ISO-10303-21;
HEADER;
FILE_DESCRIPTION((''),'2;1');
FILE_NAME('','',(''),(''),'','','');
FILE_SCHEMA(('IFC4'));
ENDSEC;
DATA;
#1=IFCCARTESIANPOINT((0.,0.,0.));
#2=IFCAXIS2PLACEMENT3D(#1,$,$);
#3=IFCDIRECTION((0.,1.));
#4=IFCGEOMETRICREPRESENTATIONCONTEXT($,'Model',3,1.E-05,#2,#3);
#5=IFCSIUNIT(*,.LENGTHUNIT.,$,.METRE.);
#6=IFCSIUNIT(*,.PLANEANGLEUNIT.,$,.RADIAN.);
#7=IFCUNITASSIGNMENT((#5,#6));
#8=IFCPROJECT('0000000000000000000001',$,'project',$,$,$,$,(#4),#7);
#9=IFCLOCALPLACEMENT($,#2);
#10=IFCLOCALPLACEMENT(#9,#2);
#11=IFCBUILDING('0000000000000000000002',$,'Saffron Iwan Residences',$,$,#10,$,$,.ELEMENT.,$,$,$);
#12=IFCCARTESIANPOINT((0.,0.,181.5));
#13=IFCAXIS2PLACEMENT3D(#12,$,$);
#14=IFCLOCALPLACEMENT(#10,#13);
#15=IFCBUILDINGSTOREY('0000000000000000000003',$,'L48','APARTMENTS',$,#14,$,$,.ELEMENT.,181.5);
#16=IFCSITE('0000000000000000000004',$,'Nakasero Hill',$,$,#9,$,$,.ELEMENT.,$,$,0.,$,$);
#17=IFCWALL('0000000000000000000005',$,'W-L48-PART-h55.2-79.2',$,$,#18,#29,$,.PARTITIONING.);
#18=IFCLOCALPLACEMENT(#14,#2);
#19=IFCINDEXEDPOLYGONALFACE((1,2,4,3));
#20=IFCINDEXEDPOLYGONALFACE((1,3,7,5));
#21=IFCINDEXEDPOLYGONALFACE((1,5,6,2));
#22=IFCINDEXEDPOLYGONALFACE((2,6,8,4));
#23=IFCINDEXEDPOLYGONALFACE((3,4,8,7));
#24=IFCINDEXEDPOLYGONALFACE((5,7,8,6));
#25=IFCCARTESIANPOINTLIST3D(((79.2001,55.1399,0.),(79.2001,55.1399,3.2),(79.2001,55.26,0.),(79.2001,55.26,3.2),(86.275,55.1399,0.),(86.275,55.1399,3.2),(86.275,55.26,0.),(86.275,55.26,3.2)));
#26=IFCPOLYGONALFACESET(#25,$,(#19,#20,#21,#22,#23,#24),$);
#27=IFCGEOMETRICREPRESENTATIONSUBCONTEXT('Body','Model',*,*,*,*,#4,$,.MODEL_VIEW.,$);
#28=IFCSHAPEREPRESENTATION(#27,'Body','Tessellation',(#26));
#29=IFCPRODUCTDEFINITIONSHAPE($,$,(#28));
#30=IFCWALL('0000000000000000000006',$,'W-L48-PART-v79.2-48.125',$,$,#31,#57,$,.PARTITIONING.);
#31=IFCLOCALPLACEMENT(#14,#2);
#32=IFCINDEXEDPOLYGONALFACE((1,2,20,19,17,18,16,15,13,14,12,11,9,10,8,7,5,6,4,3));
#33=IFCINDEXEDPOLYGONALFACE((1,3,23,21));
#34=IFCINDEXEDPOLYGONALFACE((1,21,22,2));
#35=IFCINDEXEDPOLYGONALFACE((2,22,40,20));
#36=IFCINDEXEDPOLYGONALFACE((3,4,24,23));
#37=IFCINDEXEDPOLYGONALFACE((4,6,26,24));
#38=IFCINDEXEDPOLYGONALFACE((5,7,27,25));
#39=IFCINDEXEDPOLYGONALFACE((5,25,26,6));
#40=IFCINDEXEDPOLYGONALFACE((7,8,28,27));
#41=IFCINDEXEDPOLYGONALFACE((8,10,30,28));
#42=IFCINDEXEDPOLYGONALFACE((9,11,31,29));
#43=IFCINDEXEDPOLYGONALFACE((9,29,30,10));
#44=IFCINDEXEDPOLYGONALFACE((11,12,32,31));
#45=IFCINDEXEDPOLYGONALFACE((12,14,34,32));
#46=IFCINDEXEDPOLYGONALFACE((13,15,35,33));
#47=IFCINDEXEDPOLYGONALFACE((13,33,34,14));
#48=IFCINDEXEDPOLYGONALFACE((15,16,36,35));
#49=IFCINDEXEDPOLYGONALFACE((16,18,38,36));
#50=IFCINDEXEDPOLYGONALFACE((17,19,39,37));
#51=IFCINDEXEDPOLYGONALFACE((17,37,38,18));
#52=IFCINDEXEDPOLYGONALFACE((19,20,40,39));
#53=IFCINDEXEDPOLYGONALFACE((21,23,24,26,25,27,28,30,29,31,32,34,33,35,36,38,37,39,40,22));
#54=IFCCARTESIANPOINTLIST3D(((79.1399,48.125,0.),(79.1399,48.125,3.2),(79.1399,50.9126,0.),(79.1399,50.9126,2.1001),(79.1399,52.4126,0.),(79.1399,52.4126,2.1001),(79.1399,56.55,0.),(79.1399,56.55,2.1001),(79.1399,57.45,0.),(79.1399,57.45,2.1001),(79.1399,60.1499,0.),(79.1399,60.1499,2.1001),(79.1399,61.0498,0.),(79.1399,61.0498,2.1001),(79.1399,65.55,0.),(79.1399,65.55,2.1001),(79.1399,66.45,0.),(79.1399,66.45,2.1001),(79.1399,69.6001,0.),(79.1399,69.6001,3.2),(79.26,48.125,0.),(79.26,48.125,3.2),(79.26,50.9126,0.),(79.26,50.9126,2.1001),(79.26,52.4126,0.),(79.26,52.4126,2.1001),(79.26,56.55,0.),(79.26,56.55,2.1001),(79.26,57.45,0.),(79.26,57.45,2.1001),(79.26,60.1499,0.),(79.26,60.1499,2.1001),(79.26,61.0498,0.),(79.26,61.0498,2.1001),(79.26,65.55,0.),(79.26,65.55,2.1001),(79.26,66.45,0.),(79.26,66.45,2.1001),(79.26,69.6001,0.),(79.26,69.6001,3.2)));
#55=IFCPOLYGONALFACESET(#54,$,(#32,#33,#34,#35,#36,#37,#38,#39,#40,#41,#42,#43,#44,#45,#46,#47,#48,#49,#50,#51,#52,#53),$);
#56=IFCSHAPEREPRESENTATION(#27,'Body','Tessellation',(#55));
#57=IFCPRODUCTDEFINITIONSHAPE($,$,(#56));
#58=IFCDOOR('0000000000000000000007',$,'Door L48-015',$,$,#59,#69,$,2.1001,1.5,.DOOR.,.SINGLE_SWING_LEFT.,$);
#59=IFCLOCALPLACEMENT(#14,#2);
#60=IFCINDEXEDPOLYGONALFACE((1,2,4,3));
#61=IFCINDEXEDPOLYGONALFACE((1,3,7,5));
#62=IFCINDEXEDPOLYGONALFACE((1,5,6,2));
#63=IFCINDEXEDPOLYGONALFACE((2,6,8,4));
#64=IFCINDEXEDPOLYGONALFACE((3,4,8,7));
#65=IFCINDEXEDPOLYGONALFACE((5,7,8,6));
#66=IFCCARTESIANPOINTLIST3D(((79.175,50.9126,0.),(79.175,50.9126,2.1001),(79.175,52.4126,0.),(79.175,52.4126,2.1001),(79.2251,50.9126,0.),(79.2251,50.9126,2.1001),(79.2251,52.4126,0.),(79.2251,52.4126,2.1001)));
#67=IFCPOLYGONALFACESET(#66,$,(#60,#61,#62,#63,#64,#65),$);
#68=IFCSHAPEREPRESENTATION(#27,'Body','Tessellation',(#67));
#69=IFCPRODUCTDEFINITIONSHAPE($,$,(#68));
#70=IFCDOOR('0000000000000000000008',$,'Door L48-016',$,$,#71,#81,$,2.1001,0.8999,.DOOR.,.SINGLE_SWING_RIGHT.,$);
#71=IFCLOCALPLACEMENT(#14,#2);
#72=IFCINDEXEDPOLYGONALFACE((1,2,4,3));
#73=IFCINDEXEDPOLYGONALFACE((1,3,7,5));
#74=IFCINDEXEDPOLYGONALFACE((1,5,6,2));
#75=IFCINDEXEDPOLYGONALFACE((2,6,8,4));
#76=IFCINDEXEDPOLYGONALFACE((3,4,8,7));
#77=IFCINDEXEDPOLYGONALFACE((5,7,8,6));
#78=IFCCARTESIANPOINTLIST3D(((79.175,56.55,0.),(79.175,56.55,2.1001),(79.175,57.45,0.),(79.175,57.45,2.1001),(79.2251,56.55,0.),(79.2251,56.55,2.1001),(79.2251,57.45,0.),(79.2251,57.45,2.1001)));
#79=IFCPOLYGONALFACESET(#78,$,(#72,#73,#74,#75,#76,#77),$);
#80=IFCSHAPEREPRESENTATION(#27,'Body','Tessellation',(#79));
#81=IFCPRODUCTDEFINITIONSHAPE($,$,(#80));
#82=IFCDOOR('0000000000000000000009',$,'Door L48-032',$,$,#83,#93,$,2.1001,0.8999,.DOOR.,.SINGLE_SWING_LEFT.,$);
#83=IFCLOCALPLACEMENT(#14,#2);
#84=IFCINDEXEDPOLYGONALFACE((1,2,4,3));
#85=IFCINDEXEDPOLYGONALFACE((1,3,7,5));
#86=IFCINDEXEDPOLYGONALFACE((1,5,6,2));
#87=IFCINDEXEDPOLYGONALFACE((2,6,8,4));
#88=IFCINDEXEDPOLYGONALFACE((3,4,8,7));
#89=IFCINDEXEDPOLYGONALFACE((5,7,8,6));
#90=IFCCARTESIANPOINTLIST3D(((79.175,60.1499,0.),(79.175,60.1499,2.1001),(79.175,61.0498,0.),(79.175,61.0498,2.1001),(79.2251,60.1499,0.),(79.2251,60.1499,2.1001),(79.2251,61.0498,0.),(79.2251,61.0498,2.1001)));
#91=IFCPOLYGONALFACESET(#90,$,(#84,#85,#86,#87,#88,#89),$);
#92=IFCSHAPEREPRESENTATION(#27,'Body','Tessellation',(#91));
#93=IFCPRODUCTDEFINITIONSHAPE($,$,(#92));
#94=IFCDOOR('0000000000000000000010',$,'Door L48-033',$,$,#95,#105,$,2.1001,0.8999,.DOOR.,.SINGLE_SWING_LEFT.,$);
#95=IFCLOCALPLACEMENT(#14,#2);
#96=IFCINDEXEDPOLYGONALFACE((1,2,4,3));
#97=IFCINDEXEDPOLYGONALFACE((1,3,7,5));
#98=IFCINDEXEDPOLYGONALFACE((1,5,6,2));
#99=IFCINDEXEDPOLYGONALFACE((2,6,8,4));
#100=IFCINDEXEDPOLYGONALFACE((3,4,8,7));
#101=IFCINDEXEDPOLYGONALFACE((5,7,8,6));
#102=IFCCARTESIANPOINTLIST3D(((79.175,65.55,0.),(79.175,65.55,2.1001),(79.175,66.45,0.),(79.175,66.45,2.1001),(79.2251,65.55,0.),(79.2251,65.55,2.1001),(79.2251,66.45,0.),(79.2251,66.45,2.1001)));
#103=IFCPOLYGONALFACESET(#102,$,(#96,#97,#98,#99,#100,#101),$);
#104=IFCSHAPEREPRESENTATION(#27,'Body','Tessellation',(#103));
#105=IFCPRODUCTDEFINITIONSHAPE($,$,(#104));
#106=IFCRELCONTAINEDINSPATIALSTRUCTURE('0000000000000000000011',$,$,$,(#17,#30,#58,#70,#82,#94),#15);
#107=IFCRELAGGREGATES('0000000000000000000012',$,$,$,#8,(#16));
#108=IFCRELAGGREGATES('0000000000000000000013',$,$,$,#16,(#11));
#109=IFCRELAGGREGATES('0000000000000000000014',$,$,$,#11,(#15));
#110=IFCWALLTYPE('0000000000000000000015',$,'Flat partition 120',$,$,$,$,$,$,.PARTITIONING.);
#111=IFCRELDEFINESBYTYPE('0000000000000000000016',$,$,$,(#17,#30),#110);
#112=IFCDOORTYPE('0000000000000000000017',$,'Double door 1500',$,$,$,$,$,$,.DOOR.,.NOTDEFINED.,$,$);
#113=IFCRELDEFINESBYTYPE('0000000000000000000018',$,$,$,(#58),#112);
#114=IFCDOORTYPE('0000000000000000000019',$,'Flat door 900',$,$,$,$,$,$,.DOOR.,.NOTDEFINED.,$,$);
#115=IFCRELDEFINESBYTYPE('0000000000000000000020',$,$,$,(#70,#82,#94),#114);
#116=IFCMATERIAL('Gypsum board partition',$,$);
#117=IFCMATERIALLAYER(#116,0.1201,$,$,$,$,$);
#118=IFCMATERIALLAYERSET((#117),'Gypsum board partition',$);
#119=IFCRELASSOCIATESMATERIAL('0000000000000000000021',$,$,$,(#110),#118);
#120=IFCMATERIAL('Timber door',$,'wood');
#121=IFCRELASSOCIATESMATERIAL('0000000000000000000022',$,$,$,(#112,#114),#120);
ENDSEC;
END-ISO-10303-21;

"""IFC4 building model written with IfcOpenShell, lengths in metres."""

from ifc_helpers import new_model, si_unit, direction, frame, frame_2d, origin, place, context, subcontext, project, spatial, rectangle, extrude, material, layer, layer_set, type_object, element, fill, save


model = new_model("IFC4")

# Units and contexts
model_context = context("Model", 3, precision=1e-05, world=origin(), true_north=direction((0.0, 1.0)))
body_context = subcontext(model_context, "Body", "Model", "MODEL_VIEW")
ifc_project = project(units=[si_unit("LENGTHUNIT", "METRE"), si_unit("PLANEANGLEUNIT", "RADIAN")], contexts=[model_context])

# Site, building, storey
site_placement = place(None, origin())
site = spatial("IfcSite", under=ifc_project, at=site_placement, Name="Nakasero Hill", CompositionType="ELEMENT", RefElevation=0.0)
building_placement = place(site_placement, origin())
building = spatial("IfcBuilding", under=site, at=building_placement, Name="Saffron Iwan Residences", CompositionType="ELEMENT")
storey_placement = place(building_placement, frame((0.0, 0.0, 181.5)))
storey = spatial("IfcBuildingStorey", under=building, at=storey_placement, Name="L48", Description="APARTMENTS", CompositionType="ELEMENT", Elevation=181.5)

# Wall
ifc_material_1 = material(Name="Gypsum board partition")
ifc_layer_1 = layer(ifc_material_1, 0.1201)
ifc_layer_set_1 = layer_set([ifc_layer_1], Name="Gypsum board partition")
wall_type_1 = type_object("IfcWallType", Name="Flat partition 120", PredefinedType="PARTITIONING", material=ifc_layer_set_1)
wall_1_placement = place(storey_placement, frame((79.2, 55.2, 0.0), z_axis=(0.0, 0.0, 1.0), x_axis=(1.0, 0.0, 0.0)))
element("IfcWall", 1, at=wall_1_placement, inside=storey, type_object=wall_type_1, Name="W-L48-PART-h55.2-79.2", PredefinedType="PARTITIONING", context=body_context, shape_type="SweptSolid", body=[
    extrude(rectangle(XDim=7.075, YDim=0.1201, at=frame_2d((3.5376, 0.0))), origin(), (0.0, 0.0, 1.0), 3.2),
])

# Wall, openings, doors
wall_2_placement = place(storey_placement, frame((79.2, 48.125, 0.0), z_axis=(0.0, 0.0, 1.0), x_axis=(0.0, 1.0, 0.0)))
wall_2 = element("IfcWall", 2, at=wall_2_placement, inside=storey, type_object=wall_type_1, Name="W-L48-PART-v79.2-48.125", PredefinedType="PARTITIONING", context=body_context, shape_type="SweptSolid", body=[
    extrude(rectangle(XDim=21.4751, YDim=0.1201, at=frame_2d((10.7375, 0.0))), origin(), (0.0, 0.0, 1.0), 3.2),
])
opening_1_placement = place(wall_2_placement, frame((2.7876, 0.0, 0.0)))
opening_1 = element("IfcOpeningElement", 3, at=opening_1_placement, cuts=wall_2, PredefinedType="OPENING", context=body_context, shape_type="SweptSolid", body=[
    extrude(rectangle(XDim=1.5, YDim=2.1001, at=frame_2d((0.75, 1.05))), frame((0.0, 0.0701, 0.0), z_axis=(0.0, -1.0, 0.0), x_axis=(1.0, 0.0, 0.0)), (0.0, 0.0, 1.0), 0.1401),
])
opening_2_placement = place(wall_2_placement, frame((8.425, 0.0, 0.0)))
opening_2 = element("IfcOpeningElement", 4, at=opening_2_placement, cuts=wall_2, PredefinedType="OPENING", context=body_context, shape_type="SweptSolid", body=[
    extrude(rectangle(XDim=0.8999, YDim=2.1001, at=frame_2d((0.45, 1.05))), frame((0.0, 0.0701, 0.0), z_axis=(0.0, -1.0, 0.0), x_axis=(1.0, 0.0, 0.0)), (0.0, 0.0, 1.0), 0.1401),
])
opening_3_placement = place(wall_2_placement, frame((12.0249, 0.0, 0.0)))
opening_3 = element("IfcOpeningElement", 5, at=opening_3_placement, cuts=wall_2, PredefinedType="OPENING", context=body_context, shape_type="SweptSolid", body=[
    extrude(rectangle(XDim=0.8999, YDim=2.1001, at=frame_2d((0.45, 1.05))), frame((0.0, 0.0701, 0.0), z_axis=(0.0, -1.0, 0.0), x_axis=(1.0, 0.0, 0.0)), (0.0, 0.0, 1.0), 0.1401),
])
opening_4_placement = place(wall_2_placement, frame((17.425, 0.0, 0.0)))
opening_4 = element("IfcOpeningElement", 6, at=opening_4_placement, cuts=wall_2, PredefinedType="OPENING", context=body_context, shape_type="SweptSolid", body=[
    extrude(rectangle(XDim=0.8999, YDim=2.1001, at=frame_2d((0.45, 1.05))), frame((0.0, 0.0701, 0.0), z_axis=(0.0, -1.0, 0.0), x_axis=(1.0, 0.0, 0.0)), (0.0, 0.0, 1.0), 0.1401),
])
ifc_material_2 = material(Name="Timber door", Category="wood")
door_type_1 = type_object("IfcDoorType", Name="Double door 1500", OperationType="NOTDEFINED", PredefinedType="DOOR", material=ifc_material_2)
door_1_placement = place(opening_1_placement, origin())
door_1 = element("IfcDoor", 7, at=door_1_placement, inside=storey, type_object=door_type_1, Name="Door L48-015", OperationType="SINGLE_SWING_LEFT", OverallHeight=2.1001, OverallWidth=1.5, PredefinedType="DOOR", context=body_context, shape_type="SweptSolid", body=[
    extrude(rectangle(XDim=1.5, YDim=2.1001, at=frame_2d((0.75, 1.05))), frame((0.0, 0.0249, 0.0), z_axis=(0.0, -1.0, 0.0), x_axis=(1.0, 0.0, 0.0)), (0.0, 0.0, 1.0), 0.05),
])
fill(opening_1, door_1)
door_type_2 = type_object("IfcDoorType", Name="Flat door 900", OperationType="NOTDEFINED", PredefinedType="DOOR", material=ifc_material_2)
door_2_placement = place(opening_2_placement, origin())
door_2 = element("IfcDoor", 8, at=door_2_placement, inside=storey, type_object=door_type_2, Name="Door L48-016", OperationType="SINGLE_SWING_RIGHT", OverallHeight=2.1001, OverallWidth=0.8999, PredefinedType="DOOR", context=body_context, shape_type="SweptSolid", body=[
    extrude(rectangle(XDim=0.8999, YDim=2.1001, at=frame_2d((0.45, 1.05))), frame((0.0, 0.0249, 0.0), z_axis=(0.0, -1.0, 0.0), x_axis=(1.0, 0.0, 0.0)), (0.0, 0.0, 1.0), 0.05),
])
fill(opening_2, door_2)
door_3_placement = place(opening_3_placement, origin())
door_3 = element("IfcDoor", 9, at=door_3_placement, inside=storey, type_object=door_type_2, Name="Door L48-032", OperationType="SINGLE_SWING_LEFT", OverallHeight=2.1001, OverallWidth=0.8999, PredefinedType="DOOR", context=body_context, shape_type="SweptSolid", body=[
    extrude(rectangle(XDim=0.8999, YDim=2.1001, at=frame_2d((0.45, 1.05))), frame((0.0, 0.0249, 0.0), z_axis=(0.0, -1.0, 0.0), x_axis=(1.0, 0.0, 0.0)), (0.0, 0.0, 1.0), 0.05),
])
fill(opening_3, door_3)
door_4_placement = place(opening_4_placement, origin())
door_4 = element("IfcDoor", 10, at=door_4_placement, inside=storey, type_object=door_type_2, Name="Door L48-033", OperationType="SINGLE_SWING_LEFT", OverallHeight=2.1001, OverallWidth=0.8999, PredefinedType="DOOR", context=body_context, shape_type="SweptSolid", body=[
    extrude(rectangle(XDim=0.8999, YDim=2.1001, at=frame_2d((0.45, 1.05))), frame((0.0, 0.0249, 0.0), z_axis=(0.0, -1.0, 0.0), x_axis=(1.0, 0.0, 0.0)), (0.0, 0.0, 1.0), 0.05),
])
fill(opening_4, door_4)

save(model, "model.ifc")
